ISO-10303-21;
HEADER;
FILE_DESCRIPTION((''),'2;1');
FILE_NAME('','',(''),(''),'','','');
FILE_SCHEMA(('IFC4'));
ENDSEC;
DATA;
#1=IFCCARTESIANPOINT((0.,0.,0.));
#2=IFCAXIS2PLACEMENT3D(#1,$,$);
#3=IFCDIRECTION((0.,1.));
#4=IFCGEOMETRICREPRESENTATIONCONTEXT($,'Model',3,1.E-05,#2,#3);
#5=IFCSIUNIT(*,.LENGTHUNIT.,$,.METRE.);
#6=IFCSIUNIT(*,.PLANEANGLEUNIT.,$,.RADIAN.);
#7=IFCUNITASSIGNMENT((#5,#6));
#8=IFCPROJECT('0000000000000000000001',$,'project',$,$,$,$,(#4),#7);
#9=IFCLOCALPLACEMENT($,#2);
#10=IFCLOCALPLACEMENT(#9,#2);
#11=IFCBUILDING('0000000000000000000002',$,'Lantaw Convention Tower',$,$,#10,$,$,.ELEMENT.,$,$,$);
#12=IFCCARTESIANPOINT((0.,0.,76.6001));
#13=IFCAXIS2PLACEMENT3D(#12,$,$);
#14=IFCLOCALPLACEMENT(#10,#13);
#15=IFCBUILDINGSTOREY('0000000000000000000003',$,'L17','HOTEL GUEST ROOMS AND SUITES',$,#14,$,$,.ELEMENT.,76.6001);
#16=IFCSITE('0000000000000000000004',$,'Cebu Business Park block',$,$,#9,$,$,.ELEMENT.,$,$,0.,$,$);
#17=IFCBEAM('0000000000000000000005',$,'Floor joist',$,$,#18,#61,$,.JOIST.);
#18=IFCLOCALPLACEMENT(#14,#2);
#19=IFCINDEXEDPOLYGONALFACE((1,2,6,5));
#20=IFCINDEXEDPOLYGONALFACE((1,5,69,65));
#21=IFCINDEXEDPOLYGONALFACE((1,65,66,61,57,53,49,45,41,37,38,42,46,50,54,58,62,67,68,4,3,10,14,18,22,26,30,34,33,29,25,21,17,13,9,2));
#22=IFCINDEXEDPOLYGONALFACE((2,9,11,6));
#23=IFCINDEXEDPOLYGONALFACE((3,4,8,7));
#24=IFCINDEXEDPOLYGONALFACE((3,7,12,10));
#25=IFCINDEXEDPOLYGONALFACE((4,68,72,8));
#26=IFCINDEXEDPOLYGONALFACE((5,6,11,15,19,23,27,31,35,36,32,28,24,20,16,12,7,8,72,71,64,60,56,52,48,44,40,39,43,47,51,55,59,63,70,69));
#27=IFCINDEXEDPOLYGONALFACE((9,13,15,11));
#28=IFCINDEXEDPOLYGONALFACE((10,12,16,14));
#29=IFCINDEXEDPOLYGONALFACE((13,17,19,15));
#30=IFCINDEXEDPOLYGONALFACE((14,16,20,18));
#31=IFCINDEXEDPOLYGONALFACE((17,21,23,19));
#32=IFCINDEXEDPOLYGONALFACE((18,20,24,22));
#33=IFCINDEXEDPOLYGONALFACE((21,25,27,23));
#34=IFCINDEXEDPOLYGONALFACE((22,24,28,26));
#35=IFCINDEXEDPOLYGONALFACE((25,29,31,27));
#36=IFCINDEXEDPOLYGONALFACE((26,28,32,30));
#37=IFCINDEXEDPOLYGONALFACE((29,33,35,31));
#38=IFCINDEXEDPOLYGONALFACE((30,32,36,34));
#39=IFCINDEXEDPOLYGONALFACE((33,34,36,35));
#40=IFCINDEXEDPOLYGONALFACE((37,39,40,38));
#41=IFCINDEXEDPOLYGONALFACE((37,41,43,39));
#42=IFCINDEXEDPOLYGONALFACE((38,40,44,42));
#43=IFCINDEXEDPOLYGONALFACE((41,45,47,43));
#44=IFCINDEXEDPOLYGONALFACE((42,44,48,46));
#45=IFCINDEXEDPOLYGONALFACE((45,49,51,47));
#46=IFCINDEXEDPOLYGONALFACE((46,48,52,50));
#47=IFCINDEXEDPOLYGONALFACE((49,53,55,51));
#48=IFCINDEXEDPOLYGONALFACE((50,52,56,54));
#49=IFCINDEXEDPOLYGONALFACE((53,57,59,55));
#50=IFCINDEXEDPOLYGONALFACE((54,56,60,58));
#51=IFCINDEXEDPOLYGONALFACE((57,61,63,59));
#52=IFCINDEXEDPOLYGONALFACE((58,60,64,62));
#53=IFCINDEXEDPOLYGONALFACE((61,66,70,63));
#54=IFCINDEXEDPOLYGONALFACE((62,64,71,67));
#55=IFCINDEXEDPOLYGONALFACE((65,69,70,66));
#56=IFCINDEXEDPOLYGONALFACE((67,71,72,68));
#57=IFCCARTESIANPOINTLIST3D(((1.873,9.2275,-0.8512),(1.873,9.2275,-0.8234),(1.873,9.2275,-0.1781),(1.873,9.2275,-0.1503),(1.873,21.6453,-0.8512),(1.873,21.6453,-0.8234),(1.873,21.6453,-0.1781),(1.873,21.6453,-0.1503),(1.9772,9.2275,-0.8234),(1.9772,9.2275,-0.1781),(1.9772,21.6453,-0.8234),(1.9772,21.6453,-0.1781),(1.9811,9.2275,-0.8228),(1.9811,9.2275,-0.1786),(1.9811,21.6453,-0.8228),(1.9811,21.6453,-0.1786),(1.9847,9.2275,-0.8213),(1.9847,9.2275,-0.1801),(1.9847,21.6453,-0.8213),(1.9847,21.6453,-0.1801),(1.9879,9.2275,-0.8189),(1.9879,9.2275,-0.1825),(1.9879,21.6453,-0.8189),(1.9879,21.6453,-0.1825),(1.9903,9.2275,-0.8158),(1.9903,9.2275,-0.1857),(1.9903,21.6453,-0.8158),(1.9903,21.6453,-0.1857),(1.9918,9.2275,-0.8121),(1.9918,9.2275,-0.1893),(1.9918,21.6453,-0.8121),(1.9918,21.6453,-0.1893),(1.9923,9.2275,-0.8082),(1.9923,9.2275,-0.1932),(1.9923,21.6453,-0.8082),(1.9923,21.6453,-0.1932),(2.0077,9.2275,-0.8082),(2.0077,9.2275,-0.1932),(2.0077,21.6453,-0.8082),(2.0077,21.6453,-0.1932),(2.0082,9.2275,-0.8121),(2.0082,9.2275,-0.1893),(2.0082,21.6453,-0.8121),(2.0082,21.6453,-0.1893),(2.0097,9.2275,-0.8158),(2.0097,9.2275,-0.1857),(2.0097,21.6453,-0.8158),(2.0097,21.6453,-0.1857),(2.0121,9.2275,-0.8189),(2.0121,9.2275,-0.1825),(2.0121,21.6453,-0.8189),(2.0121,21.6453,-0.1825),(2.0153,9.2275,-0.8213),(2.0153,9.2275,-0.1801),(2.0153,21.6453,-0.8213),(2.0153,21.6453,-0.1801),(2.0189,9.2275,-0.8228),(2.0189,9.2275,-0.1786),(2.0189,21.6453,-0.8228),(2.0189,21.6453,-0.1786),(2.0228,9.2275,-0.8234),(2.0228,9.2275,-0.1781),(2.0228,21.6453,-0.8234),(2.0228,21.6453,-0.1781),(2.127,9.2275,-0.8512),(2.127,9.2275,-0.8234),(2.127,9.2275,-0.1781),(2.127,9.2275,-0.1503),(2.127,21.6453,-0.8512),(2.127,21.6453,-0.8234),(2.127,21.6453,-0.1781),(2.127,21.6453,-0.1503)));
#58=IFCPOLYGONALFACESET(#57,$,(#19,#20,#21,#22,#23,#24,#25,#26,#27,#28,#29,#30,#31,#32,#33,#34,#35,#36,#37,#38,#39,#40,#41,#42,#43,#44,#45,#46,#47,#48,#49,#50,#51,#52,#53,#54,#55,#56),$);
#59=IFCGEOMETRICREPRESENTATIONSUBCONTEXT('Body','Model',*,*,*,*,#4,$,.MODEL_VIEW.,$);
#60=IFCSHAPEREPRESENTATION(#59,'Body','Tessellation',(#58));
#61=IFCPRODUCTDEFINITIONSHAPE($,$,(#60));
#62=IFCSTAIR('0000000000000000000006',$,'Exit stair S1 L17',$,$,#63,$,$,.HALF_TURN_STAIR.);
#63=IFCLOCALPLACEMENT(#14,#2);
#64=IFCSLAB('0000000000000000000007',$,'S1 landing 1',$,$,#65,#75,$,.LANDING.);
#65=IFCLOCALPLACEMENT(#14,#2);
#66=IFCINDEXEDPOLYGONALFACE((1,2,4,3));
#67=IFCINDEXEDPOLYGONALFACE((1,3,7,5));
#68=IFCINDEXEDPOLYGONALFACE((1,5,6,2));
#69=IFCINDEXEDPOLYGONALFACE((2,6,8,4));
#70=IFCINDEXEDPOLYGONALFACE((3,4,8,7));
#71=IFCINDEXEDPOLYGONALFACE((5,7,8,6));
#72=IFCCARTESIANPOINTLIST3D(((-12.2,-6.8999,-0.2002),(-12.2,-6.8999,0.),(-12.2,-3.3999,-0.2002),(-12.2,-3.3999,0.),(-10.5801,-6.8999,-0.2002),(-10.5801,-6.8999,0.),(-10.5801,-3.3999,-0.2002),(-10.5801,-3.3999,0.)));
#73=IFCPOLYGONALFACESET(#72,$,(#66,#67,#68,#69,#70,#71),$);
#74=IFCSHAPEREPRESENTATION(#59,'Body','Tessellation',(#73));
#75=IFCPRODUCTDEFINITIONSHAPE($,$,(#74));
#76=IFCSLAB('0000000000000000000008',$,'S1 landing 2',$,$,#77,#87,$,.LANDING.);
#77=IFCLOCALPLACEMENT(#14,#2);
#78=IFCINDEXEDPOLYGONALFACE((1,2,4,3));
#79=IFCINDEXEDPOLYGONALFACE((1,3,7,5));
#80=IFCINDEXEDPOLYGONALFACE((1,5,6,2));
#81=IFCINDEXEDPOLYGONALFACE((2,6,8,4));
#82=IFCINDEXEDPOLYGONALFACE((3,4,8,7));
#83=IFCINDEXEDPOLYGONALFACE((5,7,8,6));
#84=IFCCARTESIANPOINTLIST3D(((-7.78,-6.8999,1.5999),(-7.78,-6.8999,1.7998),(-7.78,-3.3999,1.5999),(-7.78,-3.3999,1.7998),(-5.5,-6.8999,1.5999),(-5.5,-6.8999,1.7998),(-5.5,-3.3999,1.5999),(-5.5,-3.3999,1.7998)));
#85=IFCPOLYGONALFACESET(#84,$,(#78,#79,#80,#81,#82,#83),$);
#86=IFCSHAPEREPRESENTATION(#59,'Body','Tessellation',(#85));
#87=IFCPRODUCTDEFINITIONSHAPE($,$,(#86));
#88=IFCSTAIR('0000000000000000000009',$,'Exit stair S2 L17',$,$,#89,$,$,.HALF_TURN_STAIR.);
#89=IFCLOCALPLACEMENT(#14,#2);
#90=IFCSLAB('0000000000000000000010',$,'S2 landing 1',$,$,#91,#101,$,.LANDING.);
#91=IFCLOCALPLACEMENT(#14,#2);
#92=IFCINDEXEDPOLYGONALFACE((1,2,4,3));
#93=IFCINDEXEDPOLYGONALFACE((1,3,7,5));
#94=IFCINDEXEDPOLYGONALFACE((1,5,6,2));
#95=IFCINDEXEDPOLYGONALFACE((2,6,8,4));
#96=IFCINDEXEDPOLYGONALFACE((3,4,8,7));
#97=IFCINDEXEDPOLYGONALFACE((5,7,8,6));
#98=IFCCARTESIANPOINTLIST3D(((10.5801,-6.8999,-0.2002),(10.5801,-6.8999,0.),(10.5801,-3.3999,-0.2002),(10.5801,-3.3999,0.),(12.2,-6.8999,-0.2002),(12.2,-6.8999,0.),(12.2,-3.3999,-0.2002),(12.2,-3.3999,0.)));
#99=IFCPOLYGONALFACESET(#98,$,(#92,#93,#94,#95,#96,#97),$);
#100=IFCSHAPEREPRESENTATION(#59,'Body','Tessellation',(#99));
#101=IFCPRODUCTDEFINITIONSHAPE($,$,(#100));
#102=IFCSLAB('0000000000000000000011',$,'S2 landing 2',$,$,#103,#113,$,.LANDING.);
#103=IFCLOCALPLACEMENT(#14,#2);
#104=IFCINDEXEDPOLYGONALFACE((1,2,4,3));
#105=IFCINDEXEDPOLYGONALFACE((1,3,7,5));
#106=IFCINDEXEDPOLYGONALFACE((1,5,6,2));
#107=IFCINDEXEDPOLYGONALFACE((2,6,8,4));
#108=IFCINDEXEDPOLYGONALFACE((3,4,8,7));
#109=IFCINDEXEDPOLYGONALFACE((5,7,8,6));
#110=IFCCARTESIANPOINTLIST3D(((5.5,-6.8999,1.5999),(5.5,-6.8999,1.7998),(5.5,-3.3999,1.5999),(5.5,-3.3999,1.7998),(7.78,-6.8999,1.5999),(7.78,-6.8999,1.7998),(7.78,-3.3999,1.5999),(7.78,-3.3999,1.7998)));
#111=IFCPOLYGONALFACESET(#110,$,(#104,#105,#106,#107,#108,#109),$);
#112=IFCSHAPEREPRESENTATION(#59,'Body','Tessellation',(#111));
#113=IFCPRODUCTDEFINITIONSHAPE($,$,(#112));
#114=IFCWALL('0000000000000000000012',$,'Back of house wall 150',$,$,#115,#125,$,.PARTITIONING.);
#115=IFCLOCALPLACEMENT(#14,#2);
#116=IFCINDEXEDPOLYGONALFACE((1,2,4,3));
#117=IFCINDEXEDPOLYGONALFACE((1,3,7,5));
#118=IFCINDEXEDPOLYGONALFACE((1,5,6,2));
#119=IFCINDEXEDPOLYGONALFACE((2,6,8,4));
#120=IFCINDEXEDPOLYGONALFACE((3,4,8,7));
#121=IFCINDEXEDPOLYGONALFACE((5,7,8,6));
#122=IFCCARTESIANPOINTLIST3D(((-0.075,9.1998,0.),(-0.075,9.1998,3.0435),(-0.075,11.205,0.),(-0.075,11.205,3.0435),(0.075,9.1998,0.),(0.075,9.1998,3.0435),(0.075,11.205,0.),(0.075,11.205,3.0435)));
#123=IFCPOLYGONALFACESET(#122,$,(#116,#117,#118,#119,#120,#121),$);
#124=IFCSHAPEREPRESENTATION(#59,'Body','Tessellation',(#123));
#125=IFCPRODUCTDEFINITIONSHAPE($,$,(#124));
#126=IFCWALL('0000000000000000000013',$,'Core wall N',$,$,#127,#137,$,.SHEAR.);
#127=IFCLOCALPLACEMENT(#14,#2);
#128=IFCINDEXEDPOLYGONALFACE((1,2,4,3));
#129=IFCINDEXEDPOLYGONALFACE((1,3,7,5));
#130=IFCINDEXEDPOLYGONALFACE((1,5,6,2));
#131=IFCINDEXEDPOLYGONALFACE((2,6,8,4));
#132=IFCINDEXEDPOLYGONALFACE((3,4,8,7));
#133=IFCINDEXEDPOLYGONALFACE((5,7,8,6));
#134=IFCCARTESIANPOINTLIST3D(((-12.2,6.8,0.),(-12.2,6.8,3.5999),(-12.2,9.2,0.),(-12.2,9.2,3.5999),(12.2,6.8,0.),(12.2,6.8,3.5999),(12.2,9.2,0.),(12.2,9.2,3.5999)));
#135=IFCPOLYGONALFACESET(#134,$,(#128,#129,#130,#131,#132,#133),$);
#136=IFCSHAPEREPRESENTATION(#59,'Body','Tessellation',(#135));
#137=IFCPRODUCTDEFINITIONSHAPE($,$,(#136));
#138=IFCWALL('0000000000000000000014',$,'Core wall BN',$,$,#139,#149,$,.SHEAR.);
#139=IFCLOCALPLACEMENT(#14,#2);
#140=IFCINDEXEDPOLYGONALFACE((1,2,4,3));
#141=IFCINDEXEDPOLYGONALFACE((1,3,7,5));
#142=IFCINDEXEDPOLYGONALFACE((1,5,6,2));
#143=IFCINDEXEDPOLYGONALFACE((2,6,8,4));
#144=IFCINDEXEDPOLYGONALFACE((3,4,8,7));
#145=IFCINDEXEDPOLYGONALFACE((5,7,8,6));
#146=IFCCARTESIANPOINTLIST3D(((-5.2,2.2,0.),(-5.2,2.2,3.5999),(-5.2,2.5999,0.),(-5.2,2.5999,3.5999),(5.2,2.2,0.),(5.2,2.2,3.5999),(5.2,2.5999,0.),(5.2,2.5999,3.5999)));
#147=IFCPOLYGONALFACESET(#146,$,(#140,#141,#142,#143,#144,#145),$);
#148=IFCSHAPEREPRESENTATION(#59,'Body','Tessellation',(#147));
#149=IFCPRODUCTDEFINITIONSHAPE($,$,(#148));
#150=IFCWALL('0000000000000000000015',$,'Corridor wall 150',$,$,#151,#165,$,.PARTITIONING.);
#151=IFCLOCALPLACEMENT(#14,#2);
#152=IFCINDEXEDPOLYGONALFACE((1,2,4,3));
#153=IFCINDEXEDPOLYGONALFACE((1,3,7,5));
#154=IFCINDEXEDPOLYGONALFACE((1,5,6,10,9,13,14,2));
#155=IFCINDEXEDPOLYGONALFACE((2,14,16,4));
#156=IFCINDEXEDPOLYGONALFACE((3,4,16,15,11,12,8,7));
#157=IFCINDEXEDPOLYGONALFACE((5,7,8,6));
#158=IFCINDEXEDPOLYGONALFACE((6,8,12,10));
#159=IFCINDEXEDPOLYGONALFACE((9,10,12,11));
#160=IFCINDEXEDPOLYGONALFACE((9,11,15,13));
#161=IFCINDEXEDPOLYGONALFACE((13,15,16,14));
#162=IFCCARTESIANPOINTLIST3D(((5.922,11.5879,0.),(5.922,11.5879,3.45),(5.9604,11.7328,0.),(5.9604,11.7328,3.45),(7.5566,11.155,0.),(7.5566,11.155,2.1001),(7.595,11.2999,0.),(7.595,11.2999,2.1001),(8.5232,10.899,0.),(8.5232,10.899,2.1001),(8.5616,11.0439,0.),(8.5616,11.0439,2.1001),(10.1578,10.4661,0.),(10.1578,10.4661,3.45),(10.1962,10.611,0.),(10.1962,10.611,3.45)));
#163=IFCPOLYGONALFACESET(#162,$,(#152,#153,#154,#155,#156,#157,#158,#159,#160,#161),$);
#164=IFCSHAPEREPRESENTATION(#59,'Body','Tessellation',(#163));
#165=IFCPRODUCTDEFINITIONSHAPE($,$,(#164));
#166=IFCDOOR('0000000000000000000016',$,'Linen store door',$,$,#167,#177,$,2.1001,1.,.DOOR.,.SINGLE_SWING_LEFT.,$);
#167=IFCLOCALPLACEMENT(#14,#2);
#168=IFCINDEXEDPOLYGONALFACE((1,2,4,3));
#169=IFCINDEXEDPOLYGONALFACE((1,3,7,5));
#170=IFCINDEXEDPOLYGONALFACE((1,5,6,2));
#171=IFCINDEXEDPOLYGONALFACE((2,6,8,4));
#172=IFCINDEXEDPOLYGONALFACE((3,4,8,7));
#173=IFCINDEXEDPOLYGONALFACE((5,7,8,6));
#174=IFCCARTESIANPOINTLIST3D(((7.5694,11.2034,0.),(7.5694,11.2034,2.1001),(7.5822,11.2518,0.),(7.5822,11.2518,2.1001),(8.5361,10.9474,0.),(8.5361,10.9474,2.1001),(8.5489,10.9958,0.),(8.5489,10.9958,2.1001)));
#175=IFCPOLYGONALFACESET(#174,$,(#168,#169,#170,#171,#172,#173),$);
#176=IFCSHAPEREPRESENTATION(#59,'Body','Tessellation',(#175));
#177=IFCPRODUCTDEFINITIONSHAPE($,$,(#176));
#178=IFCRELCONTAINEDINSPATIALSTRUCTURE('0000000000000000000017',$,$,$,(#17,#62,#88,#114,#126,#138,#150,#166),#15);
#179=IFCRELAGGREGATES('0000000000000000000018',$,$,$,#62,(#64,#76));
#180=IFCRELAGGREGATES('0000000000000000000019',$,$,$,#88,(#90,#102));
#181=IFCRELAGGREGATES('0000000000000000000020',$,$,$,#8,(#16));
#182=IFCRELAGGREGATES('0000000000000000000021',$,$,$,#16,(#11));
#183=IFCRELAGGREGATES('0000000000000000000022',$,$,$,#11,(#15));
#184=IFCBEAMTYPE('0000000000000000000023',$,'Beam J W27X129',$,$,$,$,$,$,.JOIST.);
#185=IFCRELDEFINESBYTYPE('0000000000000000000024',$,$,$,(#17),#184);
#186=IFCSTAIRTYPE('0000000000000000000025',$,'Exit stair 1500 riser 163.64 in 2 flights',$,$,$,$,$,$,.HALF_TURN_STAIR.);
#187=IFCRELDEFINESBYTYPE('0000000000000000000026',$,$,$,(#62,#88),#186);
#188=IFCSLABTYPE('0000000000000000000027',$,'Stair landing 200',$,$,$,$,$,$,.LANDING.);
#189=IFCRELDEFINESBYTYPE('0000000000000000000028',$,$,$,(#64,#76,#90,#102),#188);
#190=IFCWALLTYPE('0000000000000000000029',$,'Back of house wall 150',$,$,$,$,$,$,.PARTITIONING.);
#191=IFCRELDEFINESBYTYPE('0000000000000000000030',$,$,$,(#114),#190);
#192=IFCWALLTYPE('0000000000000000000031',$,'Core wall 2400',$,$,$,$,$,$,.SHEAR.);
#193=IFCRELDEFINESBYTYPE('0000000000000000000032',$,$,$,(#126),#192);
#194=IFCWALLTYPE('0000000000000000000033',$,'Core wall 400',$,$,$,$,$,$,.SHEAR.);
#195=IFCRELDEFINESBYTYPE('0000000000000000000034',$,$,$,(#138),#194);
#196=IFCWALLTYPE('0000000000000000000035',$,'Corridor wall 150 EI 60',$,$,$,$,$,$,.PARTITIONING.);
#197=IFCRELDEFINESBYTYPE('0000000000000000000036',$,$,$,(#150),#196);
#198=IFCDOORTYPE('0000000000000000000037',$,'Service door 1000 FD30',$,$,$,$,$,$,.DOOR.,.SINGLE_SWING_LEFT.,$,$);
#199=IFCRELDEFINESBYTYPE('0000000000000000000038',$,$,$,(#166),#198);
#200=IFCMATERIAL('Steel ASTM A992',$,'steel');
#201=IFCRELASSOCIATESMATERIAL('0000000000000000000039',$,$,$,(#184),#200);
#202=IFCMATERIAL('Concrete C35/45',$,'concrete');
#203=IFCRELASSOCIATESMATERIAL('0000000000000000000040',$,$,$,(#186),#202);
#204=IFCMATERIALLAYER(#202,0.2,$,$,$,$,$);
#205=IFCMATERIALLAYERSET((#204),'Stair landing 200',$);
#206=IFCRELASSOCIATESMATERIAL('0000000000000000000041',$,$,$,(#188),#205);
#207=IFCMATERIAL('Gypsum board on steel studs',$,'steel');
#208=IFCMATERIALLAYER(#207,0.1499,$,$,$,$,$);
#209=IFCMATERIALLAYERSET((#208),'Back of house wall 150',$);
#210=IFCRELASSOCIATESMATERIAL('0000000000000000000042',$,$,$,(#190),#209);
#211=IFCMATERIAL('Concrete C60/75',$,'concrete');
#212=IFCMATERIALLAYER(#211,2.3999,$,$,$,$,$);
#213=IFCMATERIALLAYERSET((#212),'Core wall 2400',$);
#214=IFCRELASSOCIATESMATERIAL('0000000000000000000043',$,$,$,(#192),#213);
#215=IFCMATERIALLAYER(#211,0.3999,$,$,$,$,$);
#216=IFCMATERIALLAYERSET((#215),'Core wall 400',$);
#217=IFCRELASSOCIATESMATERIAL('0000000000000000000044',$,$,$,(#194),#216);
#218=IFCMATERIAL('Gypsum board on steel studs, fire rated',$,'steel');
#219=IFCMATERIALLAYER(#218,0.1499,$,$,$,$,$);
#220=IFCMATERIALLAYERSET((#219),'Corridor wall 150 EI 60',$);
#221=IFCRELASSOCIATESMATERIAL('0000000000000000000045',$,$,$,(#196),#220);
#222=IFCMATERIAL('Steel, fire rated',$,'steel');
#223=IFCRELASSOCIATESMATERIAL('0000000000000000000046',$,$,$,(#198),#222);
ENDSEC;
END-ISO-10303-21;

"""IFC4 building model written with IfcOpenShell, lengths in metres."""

from ifc_helpers import new_model, si_unit, direction, frame, frame_2d, origin, origin_2d, place, context, subcontext, project, spatial, polyline, rectangle, i_section, outline, extrude, material, layer, layer_set, material_profile, profile_set, type_object, element, fill, aggregate, save


model = new_model("IFC4")

# Units and contexts
model_context = context("Model", 3, precision=1e-05, world=origin(), true_north=direction((0.0, 1.0)))
body_context = subcontext(model_context, "Body", "Model", "MODEL_VIEW")
ifc_project = project(units=[si_unit("LENGTHUNIT", "METRE"), si_unit("PLANEANGLEUNIT", "RADIAN")], contexts=[model_context])

# Site, building, storey
site_placement = place(None, origin())
site = spatial("IfcSite", under=ifc_project, at=site_placement, Name="Cebu Business Park block", CompositionType="ELEMENT", RefElevation=0.0)
building_placement = place(site_placement, origin())
building = spatial("IfcBuilding", under=site, at=building_placement, Name="Lantaw Convention Tower", CompositionType="ELEMENT")
storey_placement = place(building_placement, frame((0.0, 0.0, 76.6001)))
storey = spatial("IfcBuildingStorey", under=building, at=storey_placement, Name="L17", Description="HOTEL GUEST ROOMS AND SUITES", CompositionType="ELEMENT", Elevation=76.6001)

# Beam
ifc_material_1 = material(Name="Steel ASTM A992", Category="steel")
ifc_material_profile_1 = material_profile(ifc_material_1, i_section(OverallWidth=0.2539, OverallDepth=0.7009, WebThickness=0.0154, FlangeThickness=0.0278, FilletRadius=0.0151, at=origin_2d()), Name="W27X129")
ifc_profile_set_1 = profile_set([ifc_material_profile_1], Name="Steel ASTM A992")
beam_type_1 = type_object("IfcBeamType", Name="Beam J W27X129", PredefinedType="JOIST", material=ifc_profile_set_1)
beam_1_placement = place(storey_placement, frame((2.0, 9.2275, -0.5007), z_axis=(0.0, 1.0, 0.0), x_axis=(-1.0, 0.0, 0.0)))
element("IfcBeam", 1, at=beam_1_placement, inside=storey, type_object=beam_type_1, Name="Floor joist", PredefinedType="JOIST", context=body_context, shape_type="SweptSolid", body=[
    extrude(i_section(OverallWidth=0.2539, OverallDepth=0.7009, WebThickness=0.0154, FlangeThickness=0.0278, FilletRadius=0.0151, at=origin_2d()), origin(), (0.0, 0.0, 1.0), 12.4177),
])

# Stairs, slabs
ifc_material_2 = material(Name="Concrete C35/45", Category="concrete")
stair_type = type_object("IfcStairType", Name="Exit stair 1500 riser 163.64 in 2 flights", PredefinedType="HALF_TURN_STAIR", material=ifc_material_2)
stair_1_placement = place(storey_placement, origin())
stair_1 = element("IfcStair", 2, at=stair_1_placement, inside=storey, type_object=stair_type, Name="Exit stair S1 L17", PredefinedType="HALF_TURN_STAIR")
ifc_layer_1 = layer(ifc_material_2, 0.2)
ifc_layer_set_1 = layer_set([ifc_layer_1], Name="Stair landing 200")
slab_type = type_object("IfcSlabType", Name="Stair landing 200", PredefinedType="LANDING", material=ifc_layer_set_1)
slab_1_placement = place(storey_placement, frame((0.0, 0.0, -0.2002)))
slab_1 = element("IfcSlab", 3, at=slab_1_placement, type_object=slab_type, Name="S1 landing 1", PredefinedType="LANDING", context=body_context, shape_type="SweptSolid", body=[
    extrude(outline(polyline([(-12.2, -6.8999), (-10.5801, -6.8999), (-10.5801, -3.3999), (-12.2, -3.3999), (-12.2, -6.8999)])), origin(), (0.0, 0.0, 1.0), 0.2002),
])
slab_2_placement = place(storey_placement, frame((0.0, 0.0, 1.5999)))
slab_2 = element("IfcSlab", 4, at=slab_2_placement, type_object=slab_type, Name="S1 landing 2", PredefinedType="LANDING", context=body_context, shape_type="SweptSolid", body=[
    extrude(outline(polyline([(-7.78, -6.8999), (-5.5, -6.8999), (-5.5, -3.3999), (-7.78, -3.3999), (-7.78, -6.8999)])), origin(), (0.0, 0.0, 1.0), 0.2),
])
aggregate(stair_1, [slab_1, slab_2])
stair_2_placement = place(storey_placement, origin())
stair_2 = element("IfcStair", 5, at=stair_2_placement, inside=storey, type_object=stair_type, Name="Exit stair S2 L17", PredefinedType="HALF_TURN_STAIR")
slab_3_placement = place(storey_placement, frame((0.0, 0.0, -0.2002)))
slab_3 = element("IfcSlab", 6, at=slab_3_placement, type_object=slab_type, Name="S2 landing 1", PredefinedType="LANDING", context=body_context, shape_type="SweptSolid", body=[
    extrude(outline(polyline([(10.5801, -6.8999), (12.2, -6.8999), (12.2, -3.3999), (10.5801, -3.3999), (10.5801, -6.8999)])), origin(), (0.0, 0.0, 1.0), 0.2002),
])
slab_4_placement = place(storey_placement, frame((0.0, 0.0, 1.5999)))
slab_4 = element("IfcSlab", 7, at=slab_4_placement, type_object=slab_type, Name="S2 landing 2", PredefinedType="LANDING", context=body_context, shape_type="SweptSolid", body=[
    extrude(outline(polyline([(5.5, -6.8999), (7.78, -6.8999), (7.78, -3.3999), (5.5, -3.3999), (5.5, -6.8999)])), origin(), (0.0, 0.0, 1.0), 0.2),
])
aggregate(stair_2, [slab_3, slab_4])

# Walls
ifc_material_3 = material(Name="Gypsum board on steel studs", Category="steel")
ifc_layer_2 = layer(ifc_material_3, 0.1499)
ifc_layer_set_2 = layer_set([ifc_layer_2], Name="Back of house wall 150")
wall_type_1 = type_object("IfcWallType", Name="Back of house wall 150", PredefinedType="PARTITIONING", material=ifc_layer_set_2)
wall_1_placement = place(storey_placement, frame((0.0, 9.2, 0.0), z_axis=(0.0, 0.0, 1.0), x_axis=(0.0, 1.0, 0.0)))
element("IfcWall", 8, at=wall_1_placement, inside=storey, type_object=wall_type_1, Name="Back of house wall 150", PredefinedType="PARTITIONING", context=body_context, shape_type="SweptSolid", body=[
    extrude(rectangle(XDim=2.0051, YDim=0.1499, at=frame_2d((1.0024, 0.0))), origin(), (0.0, 0.0, 1.0), 3.0435),
])
ifc_material_4 = material(Name="Concrete C60/75", Category="concrete")
ifc_layer_3 = layer(ifc_material_4, 2.3999)
ifc_layer_set_3 = layer_set([ifc_layer_3], Name="Core wall 2400")
wall_type_2 = type_object("IfcWallType", Name="Core wall 2400", PredefinedType="SHEAR", material=ifc_layer_set_3)
wall_2_placement = place(storey_placement, frame((12.2, 8.0, 0.0), z_axis=(0.0, 0.0, 1.0), x_axis=(-1.0, 0.0, 0.0)))
element("IfcWall", 9, at=wall_2_placement, inside=storey, type_object=wall_type_2, Name="Core wall N", PredefinedType="SHEAR", context=body_context, shape_type="SweptSolid", body=[
    extrude(rectangle(XDim=24.3999, YDim=2.3999, at=frame_2d((12.2, 0.0))), origin(), (0.0, 0.0, 1.0), 3.5999),
])
ifc_layer_4 = layer(ifc_material_4, 0.3999)
ifc_layer_set_4 = layer_set([ifc_layer_4], Name="Core wall 400")
wall_type_3 = type_object("IfcWallType", Name="Core wall 400", PredefinedType="SHEAR", material=ifc_layer_set_4)
wall_3_placement = place(storey_placement, frame((5.2, 2.3999, 0.0), z_axis=(0.0, 0.0, 1.0), x_axis=(-1.0, 0.0, 0.0)))
element("IfcWall", 10, at=wall_3_placement, inside=storey, type_object=wall_type_3, Name="Core wall BN", PredefinedType="SHEAR", context=body_context, shape_type="SweptSolid", body=[
    extrude(rectangle(XDim=10.3999, YDim=0.3999, at=frame_2d((5.2, 0.0))), origin(), (0.0, 0.0, 1.0), 3.5999),
])

# Wall, opening, door
ifc_material_5 = material(Name="Gypsum board on steel studs, fire rated", Category="steel")
ifc_layer_5 = layer(ifc_material_5, 0.1499)
ifc_layer_set_5 = layer_set([ifc_layer_5], Name="Corridor wall 150 EI 60")
wall_type_4 = type_object("IfcWallType", Name="Corridor wall 150 EI 60", PredefinedType="PARTITIONING", material=ifc_layer_set_5)
wall_4_placement = place(storey_placement, frame((10.177, 10.5386, 0.0), z_axis=(0.0, 0.0, 1.0), x_axis=(-0.966673, 0.256015, 0.0)))
wall_4 = element("IfcWall", 11, at=wall_4_placement, inside=storey, type_object=wall_type_4, Name="Corridor wall 150", PredefinedType="PARTITIONING", context=body_context, shape_type="SweptSolid", body=[
    extrude(rectangle(XDim=4.3818, YDim=0.1499, at=frame_2d((2.1909, 0.0))), origin(), (0.0, 0.0, 1.0), 3.45),
])
opening_1_placement = place(wall_4_placement, frame((1.6909, 0.0, 0.0)))
opening_1 = element("IfcOpeningElement", 12, at=opening_1_placement, cuts=wall_4, PredefinedType="OPENING", context=body_context, shape_type="SweptSolid", body=[
    extrude(rectangle(XDim=1.0, YDim=2.1001, at=frame_2d((0.5, 1.05))), frame((0.0, 0.085, 0.0), z_axis=(0.0, -1.0, 0.0), x_axis=(1.0, 0.0, 0.0)), (0.0, 0.0, 1.0), 0.1699),
])
ifc_material_6 = material(Name="Steel, fire rated", Category="steel")
door_type_1 = type_object("IfcDoorType", Name="Service door 1000 FD30", OperationType="SINGLE_SWING_LEFT", PredefinedType="DOOR", material=ifc_material_6)
door_1_placement = place(opening_1_placement, origin())
door_1 = element("IfcDoor", 13, at=door_1_placement, inside=storey, type_object=door_type_1, Name="Linen store door", OperationType="SINGLE_SWING_LEFT", OverallHeight=2.1001, OverallWidth=1.0, PredefinedType="DOOR", context=body_context, shape_type="SweptSolid", body=[
    extrude(rectangle(XDim=1.0, YDim=2.1001, at=frame_2d((0.5, 1.05))), frame((0.0, 0.0249, 0.0), z_axis=(0.0, -1.0, 0.0), x_axis=(1.0, 0.0, 0.0)), (0.0, 0.0, 1.0), 0.05),
])
fill(opening_1, door_1)

save(model, "model.ifc")
